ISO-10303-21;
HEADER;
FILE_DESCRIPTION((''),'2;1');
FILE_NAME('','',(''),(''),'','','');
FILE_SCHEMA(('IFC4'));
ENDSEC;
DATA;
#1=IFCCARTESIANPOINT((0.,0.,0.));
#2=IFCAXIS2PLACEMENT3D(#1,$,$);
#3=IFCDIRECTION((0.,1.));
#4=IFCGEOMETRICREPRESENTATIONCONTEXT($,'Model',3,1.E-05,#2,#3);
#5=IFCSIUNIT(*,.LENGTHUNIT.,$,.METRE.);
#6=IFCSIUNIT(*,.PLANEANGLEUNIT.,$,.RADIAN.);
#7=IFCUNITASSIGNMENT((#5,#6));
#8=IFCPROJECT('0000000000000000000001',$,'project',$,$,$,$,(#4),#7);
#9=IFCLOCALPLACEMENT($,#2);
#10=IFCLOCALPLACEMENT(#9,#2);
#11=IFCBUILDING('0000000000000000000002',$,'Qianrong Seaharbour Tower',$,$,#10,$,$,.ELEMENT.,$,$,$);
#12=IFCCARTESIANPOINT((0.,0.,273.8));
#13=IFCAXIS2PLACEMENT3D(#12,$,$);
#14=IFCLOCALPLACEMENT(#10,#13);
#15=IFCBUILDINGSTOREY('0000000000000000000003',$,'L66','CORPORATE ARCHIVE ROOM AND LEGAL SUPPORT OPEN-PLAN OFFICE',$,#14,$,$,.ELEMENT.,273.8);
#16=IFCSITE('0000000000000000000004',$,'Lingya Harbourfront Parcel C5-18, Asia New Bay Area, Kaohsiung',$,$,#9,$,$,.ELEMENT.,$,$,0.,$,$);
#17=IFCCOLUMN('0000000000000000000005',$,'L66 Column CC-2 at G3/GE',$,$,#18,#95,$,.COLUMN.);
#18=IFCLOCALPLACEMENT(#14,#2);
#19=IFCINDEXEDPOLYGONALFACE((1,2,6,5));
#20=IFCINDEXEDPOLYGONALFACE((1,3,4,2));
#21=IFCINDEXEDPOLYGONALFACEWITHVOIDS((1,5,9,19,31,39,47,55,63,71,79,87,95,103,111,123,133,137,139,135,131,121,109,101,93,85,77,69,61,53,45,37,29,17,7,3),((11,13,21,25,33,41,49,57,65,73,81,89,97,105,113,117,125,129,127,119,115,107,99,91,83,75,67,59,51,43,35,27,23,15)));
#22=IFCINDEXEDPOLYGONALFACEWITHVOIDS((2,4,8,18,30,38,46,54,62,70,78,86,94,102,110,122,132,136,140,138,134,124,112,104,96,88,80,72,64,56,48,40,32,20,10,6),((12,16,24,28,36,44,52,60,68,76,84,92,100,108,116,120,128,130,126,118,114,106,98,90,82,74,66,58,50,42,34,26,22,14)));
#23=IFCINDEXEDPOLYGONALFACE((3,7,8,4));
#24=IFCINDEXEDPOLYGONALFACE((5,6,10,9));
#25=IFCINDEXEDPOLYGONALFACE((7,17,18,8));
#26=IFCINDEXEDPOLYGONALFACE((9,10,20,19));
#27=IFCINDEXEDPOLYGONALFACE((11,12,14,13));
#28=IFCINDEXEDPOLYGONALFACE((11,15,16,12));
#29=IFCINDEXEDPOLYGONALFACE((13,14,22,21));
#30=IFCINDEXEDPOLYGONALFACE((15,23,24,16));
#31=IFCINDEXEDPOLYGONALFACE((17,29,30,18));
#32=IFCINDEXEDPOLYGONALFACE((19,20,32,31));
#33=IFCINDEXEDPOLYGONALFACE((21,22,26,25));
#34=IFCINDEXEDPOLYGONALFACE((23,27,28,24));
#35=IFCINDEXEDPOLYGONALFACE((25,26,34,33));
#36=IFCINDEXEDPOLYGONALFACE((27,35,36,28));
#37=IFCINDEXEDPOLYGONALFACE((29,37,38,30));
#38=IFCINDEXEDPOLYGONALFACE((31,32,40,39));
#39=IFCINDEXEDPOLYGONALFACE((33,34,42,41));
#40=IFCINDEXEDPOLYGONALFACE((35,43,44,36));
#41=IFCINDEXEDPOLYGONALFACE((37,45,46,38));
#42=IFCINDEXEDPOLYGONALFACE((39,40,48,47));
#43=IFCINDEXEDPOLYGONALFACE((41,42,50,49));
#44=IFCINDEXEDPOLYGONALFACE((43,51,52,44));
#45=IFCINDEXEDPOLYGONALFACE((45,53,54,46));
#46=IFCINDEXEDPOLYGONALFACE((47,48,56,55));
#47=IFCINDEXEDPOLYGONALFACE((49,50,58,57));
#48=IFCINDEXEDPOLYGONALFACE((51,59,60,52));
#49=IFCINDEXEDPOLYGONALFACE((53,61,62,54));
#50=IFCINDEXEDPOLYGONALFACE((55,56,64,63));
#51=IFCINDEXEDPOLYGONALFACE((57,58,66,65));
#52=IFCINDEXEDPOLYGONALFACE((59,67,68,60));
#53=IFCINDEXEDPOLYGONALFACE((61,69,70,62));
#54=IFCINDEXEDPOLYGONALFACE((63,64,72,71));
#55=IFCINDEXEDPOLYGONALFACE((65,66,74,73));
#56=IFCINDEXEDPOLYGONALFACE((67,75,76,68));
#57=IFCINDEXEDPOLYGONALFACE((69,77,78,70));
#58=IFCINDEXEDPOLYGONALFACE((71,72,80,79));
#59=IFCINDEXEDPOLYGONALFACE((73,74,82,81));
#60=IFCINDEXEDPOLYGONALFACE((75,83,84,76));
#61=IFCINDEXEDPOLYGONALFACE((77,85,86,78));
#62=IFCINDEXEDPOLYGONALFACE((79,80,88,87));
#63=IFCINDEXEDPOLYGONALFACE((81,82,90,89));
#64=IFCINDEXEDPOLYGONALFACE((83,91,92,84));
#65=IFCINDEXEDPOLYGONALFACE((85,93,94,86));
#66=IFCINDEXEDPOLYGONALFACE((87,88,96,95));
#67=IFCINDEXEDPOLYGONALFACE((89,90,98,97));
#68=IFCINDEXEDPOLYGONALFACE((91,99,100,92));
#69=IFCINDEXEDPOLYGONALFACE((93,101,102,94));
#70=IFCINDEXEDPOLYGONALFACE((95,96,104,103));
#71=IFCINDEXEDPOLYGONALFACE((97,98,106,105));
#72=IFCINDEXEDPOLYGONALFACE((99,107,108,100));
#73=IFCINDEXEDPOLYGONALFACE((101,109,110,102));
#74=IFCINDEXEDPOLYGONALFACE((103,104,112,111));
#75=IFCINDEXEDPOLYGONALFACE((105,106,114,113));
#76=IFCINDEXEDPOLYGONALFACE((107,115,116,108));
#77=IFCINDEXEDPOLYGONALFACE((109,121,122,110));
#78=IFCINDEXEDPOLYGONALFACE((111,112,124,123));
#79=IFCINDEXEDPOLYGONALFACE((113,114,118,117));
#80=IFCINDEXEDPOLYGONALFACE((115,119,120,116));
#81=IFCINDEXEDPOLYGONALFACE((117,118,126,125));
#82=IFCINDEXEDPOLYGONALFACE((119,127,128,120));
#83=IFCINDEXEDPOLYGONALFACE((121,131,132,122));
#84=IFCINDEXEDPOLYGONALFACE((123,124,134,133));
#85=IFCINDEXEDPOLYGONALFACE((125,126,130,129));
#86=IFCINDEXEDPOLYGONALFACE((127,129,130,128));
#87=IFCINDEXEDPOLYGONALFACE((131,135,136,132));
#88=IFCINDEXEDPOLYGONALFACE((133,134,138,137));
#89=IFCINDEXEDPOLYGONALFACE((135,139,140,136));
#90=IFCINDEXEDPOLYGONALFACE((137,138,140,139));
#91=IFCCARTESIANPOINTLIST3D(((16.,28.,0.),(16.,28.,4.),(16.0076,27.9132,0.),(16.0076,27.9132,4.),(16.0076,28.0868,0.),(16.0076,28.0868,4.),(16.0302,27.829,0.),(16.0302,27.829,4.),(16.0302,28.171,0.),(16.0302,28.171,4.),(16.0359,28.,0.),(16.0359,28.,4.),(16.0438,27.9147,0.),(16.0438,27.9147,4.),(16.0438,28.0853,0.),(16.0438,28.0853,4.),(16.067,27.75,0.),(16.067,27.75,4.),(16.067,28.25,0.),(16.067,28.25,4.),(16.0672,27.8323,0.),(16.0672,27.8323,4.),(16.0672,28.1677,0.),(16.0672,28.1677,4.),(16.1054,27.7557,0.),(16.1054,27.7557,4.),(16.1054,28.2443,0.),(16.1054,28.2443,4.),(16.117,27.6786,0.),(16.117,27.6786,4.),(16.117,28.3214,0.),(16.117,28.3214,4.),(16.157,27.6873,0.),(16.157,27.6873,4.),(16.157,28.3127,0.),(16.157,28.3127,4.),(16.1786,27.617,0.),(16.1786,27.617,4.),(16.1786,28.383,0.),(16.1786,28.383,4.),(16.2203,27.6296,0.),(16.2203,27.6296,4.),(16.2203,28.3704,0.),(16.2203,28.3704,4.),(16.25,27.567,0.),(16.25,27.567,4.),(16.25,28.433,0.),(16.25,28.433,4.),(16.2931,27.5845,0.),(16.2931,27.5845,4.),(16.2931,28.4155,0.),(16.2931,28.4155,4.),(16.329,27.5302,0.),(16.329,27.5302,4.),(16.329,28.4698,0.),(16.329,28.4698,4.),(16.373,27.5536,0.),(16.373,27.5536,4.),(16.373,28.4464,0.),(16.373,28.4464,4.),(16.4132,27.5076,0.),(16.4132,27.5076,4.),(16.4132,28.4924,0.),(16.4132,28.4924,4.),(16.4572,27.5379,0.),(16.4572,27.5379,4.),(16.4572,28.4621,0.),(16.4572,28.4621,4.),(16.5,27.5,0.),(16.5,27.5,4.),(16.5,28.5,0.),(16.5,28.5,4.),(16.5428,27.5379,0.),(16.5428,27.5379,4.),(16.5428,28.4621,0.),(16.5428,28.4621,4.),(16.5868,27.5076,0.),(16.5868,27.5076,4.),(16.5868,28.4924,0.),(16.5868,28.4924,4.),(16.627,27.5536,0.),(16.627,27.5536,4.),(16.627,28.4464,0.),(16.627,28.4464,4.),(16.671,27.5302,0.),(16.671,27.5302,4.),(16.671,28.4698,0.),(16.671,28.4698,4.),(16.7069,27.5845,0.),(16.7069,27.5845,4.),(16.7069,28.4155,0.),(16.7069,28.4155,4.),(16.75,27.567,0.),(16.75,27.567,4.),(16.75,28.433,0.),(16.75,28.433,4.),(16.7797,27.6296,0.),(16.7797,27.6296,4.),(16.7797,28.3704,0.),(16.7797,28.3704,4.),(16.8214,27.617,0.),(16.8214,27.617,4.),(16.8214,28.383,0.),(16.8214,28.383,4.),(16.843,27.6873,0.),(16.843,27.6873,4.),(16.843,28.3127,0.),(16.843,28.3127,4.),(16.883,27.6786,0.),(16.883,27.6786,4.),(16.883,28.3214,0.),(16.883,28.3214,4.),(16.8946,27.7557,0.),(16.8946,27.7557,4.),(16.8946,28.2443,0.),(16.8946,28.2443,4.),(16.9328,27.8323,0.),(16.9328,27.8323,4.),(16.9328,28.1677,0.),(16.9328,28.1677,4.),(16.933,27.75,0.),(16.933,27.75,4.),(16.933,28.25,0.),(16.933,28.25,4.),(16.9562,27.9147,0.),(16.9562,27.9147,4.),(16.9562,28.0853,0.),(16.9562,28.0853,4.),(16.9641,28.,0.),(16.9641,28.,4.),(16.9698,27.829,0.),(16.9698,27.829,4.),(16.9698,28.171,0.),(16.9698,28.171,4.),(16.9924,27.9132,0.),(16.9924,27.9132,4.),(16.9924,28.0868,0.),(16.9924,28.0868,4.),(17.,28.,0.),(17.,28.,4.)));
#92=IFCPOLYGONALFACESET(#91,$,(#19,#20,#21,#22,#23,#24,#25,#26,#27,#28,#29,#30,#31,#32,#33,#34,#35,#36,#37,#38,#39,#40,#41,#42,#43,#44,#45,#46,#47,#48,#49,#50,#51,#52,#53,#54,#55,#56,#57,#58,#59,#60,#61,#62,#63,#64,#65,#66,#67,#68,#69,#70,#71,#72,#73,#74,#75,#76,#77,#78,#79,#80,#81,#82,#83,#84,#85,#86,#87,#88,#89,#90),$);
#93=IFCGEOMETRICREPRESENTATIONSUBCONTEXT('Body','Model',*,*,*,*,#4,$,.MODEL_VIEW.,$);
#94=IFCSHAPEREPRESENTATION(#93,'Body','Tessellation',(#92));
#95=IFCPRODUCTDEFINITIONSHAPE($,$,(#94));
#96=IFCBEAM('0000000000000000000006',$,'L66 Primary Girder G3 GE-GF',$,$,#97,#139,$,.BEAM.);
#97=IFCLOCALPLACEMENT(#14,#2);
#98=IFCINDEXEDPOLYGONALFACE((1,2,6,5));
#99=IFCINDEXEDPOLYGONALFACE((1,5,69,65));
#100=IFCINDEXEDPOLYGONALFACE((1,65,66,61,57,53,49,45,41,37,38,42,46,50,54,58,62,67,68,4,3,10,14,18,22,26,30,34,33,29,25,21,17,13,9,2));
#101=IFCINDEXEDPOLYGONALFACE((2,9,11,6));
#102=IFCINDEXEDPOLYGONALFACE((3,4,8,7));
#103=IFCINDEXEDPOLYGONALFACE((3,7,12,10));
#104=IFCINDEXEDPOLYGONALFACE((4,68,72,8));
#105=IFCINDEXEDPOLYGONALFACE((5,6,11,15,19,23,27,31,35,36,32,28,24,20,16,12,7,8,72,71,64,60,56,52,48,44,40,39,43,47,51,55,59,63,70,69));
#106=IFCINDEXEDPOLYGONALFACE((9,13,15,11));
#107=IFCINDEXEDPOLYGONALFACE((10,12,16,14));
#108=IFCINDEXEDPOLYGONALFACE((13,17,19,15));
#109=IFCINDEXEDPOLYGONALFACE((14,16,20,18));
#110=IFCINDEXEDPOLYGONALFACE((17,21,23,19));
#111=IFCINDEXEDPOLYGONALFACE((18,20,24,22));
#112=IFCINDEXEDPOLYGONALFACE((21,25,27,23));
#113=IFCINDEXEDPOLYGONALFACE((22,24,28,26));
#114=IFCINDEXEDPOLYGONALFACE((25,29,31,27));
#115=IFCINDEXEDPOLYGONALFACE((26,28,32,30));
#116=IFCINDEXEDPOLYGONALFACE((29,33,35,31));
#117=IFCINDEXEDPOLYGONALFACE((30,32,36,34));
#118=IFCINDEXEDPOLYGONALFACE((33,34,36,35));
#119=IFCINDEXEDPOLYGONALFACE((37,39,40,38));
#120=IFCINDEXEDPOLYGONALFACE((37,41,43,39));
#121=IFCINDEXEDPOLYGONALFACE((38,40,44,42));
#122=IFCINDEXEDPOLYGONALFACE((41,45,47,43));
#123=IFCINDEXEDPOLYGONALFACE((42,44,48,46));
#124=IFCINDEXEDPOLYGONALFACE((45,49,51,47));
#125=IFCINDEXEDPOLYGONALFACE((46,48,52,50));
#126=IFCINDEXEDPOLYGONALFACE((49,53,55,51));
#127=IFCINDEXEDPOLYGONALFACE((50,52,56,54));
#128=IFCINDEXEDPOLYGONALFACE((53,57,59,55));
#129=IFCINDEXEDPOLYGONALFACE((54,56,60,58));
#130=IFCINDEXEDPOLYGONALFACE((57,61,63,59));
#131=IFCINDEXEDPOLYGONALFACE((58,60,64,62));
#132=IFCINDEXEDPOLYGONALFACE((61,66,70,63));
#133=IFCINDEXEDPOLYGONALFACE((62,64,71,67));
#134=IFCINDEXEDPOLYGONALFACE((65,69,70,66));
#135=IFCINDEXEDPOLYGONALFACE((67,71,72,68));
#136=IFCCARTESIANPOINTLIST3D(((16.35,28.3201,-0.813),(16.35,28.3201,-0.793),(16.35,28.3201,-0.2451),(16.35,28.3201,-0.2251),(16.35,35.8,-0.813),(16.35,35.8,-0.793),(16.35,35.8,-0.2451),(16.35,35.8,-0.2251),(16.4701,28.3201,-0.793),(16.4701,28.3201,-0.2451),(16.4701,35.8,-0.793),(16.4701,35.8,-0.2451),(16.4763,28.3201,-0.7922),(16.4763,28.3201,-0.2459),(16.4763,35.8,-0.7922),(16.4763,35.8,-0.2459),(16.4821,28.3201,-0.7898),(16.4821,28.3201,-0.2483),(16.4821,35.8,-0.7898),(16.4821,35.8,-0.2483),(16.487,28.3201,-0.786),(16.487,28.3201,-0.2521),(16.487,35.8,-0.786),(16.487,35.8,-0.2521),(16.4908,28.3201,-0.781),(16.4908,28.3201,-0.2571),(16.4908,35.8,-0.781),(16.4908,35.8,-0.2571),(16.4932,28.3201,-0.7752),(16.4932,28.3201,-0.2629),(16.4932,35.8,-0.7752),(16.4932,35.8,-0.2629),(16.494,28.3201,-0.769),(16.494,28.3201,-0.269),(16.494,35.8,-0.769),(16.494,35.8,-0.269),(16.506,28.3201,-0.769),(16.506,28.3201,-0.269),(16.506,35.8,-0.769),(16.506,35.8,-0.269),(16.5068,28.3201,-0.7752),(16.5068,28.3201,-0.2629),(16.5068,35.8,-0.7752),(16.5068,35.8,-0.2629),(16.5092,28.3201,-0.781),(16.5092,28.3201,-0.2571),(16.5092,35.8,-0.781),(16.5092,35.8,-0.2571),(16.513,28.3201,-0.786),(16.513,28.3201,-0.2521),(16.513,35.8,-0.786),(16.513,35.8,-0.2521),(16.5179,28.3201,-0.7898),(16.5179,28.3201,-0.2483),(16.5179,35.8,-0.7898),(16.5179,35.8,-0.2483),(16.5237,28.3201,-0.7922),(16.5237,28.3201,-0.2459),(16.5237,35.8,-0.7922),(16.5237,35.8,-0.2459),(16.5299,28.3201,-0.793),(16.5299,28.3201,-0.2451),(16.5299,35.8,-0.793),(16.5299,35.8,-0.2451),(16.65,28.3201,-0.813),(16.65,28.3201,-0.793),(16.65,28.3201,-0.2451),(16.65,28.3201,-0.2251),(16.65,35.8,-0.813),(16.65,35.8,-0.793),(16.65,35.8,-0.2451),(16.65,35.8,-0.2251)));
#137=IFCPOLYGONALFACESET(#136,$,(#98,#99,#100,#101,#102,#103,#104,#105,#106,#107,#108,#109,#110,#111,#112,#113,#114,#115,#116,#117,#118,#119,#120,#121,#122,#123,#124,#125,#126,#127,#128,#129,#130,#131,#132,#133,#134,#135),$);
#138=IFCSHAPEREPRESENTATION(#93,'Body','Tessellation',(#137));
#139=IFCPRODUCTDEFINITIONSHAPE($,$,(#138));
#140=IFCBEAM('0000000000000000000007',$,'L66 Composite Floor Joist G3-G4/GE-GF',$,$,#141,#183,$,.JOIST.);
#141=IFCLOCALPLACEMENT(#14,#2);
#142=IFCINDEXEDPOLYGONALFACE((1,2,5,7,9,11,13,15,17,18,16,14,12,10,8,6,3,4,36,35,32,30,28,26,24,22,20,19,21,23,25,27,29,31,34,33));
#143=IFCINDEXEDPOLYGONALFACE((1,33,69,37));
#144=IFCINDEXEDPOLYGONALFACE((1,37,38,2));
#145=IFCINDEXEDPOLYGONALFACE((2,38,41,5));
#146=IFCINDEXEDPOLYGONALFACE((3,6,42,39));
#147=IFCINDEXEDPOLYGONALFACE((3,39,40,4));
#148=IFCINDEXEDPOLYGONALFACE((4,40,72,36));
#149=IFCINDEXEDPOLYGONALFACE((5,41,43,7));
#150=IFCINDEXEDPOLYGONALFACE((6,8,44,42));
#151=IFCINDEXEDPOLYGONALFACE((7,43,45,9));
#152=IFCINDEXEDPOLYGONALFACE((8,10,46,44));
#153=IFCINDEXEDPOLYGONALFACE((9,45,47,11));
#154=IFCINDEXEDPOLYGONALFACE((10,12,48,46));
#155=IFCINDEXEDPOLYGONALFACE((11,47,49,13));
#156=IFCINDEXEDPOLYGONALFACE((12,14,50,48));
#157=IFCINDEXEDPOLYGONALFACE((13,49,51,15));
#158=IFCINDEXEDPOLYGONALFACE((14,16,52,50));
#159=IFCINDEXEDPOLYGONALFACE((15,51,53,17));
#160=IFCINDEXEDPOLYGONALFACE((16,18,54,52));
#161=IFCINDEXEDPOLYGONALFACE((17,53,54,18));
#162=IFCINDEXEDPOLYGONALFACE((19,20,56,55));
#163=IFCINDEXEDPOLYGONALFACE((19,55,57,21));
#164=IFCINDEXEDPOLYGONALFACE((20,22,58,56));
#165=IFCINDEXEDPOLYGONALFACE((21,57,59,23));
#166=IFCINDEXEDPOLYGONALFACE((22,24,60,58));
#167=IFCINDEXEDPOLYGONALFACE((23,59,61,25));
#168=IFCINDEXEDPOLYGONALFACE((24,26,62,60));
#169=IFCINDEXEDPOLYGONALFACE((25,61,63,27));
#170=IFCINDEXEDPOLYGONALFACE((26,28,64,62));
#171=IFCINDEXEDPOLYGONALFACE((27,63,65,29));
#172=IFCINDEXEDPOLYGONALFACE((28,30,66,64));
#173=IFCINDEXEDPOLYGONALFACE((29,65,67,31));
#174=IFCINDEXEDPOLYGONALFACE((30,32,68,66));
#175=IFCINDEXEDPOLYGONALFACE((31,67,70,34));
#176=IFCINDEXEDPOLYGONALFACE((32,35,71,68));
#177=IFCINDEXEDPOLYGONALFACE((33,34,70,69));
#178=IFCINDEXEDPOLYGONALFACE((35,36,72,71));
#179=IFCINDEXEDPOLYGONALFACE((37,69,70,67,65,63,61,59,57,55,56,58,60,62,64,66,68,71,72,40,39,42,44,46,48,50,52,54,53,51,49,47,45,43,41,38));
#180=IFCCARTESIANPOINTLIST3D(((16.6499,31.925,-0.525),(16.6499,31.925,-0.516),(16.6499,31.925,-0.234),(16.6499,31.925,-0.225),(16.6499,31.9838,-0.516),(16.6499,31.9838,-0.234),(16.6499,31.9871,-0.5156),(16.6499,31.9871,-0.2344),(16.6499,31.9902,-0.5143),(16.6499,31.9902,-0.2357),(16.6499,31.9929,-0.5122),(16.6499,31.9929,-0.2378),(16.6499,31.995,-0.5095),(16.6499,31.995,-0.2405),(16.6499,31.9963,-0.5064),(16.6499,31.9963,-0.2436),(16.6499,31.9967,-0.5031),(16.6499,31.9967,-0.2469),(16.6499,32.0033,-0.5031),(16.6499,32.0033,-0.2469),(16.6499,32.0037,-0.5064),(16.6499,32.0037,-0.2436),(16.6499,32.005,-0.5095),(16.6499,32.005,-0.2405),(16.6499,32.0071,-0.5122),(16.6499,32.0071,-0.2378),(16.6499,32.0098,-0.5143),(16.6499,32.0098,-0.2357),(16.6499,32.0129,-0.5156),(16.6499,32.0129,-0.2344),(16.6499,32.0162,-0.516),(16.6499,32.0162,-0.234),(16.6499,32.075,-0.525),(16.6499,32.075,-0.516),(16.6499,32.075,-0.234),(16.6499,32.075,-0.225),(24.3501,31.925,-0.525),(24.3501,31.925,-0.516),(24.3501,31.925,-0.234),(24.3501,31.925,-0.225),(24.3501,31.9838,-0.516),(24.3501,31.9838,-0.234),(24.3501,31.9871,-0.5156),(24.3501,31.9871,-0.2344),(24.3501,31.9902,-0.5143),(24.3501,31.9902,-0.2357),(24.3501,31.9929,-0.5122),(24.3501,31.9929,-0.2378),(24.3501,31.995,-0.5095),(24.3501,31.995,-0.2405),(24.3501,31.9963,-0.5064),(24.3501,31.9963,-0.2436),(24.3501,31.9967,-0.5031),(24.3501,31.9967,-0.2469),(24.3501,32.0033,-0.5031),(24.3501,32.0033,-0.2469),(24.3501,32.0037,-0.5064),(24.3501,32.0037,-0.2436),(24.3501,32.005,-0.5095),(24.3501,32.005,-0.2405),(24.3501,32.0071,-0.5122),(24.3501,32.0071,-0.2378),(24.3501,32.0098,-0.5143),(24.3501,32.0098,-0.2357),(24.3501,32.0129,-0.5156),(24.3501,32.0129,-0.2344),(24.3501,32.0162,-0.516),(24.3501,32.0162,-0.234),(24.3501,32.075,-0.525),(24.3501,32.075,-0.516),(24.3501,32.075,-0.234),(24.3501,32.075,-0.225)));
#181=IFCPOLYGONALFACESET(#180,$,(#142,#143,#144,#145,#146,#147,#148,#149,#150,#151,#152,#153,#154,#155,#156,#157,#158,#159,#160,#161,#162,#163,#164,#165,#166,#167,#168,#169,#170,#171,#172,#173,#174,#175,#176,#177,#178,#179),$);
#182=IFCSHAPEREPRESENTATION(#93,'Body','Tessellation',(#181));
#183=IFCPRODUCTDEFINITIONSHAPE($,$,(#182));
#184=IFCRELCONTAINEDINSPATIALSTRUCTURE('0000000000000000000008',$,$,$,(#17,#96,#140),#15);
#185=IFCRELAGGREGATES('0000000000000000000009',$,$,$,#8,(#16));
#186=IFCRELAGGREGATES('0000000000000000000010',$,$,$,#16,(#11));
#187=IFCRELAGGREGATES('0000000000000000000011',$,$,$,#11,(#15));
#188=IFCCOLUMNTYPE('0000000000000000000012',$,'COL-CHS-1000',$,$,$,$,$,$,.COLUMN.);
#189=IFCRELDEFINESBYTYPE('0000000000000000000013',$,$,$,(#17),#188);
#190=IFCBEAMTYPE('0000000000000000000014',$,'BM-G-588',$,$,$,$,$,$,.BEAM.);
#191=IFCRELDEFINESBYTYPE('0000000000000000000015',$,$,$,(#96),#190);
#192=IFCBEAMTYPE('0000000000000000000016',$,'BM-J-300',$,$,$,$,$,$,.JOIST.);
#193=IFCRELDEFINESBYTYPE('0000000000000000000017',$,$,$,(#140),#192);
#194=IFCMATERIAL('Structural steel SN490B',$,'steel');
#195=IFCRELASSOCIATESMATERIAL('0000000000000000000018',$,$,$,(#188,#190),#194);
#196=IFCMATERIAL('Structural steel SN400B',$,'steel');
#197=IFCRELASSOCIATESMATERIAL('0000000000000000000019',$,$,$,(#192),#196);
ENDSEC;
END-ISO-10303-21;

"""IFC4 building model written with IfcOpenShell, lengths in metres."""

from ifc_helpers import new_model, si_unit, direction, frame, origin, origin_2d, place, context, subcontext, project, spatial, hollow_circle, i_section, extrude, material, material_profile, profile_set, type_object, element, save


model = new_model("IFC4")

# Units and contexts
model_context = context("Model", 3, precision=1e-05, world=origin(), true_north=direction((0.0, 1.0)))
body_context = subcontext(model_context, "Body", "Model", "MODEL_VIEW")
ifc_project = project(units=[si_unit("LENGTHUNIT", "METRE"), si_unit("PLANEANGLEUNIT", "RADIAN")], contexts=[model_context])

# Site, building, storey
site_placement = place(None, origin())
site = spatial("IfcSite", under=ifc_project, at=site_placement, Name="Lingya Harbourfront Parcel C5-18, Asia New Bay Area, Kaohsiung", CompositionType="ELEMENT", RefElevation=0.0)
building_placement = place(site_placement, origin())
building = spatial("IfcBuilding", under=site, at=building_placement, Name="Qianrong Seaharbour Tower", CompositionType="ELEMENT")
storey_placement = place(building_placement, frame((0.0, 0.0, 273.8)))
storey = spatial("IfcBuildingStorey", under=building, at=storey_placement, Name="L66", Description="CORPORATE ARCHIVE ROOM AND LEGAL SUPPORT OPEN-PLAN OFFICE", CompositionType="ELEMENT", Elevation=273.8)

# Column
ifc_material_1 = material(Name="Structural steel SN490B", Category="steel")
ifc_material_profile_1 = material_profile(ifc_material_1, hollow_circle(Radius=0.5, WallThickness=0.0359, at=origin_2d()), Name="CHS1000x36")
ifc_profile_set_1 = profile_set([ifc_material_profile_1], Name="Structural steel SN490B")
column_type = type_object("IfcColumnType", Name="COL-CHS-1000", PredefinedType="COLUMN", material=ifc_profile_set_1)
column_placement = place(storey_placement, frame((16.5, 28.0, 0.0), z_axis=(0.0, 0.0, 1.0), x_axis=(1.0, 0.0, 0.0)))
element("IfcColumn", 1, at=column_placement, inside=storey, type_object=column_type, Name="L66 Column CC-2 at G3/GE", PredefinedType="COLUMN", context=body_context, shape_type="SweptSolid", body=[
    extrude(hollow_circle(Radius=0.5, WallThickness=0.0359, at=origin_2d()), origin(), (0.0, 0.0, 1.0), 4.0),
])

# Beams
ifc_material_profile_2 = material_profile(ifc_material_1, i_section(OverallWidth=0.3, OverallDepth=0.5879, WebThickness=0.012, FlangeThickness=0.02, FilletRadius=0.0239, at=origin_2d()), Name="H588x300x12x20")
ifc_profile_set_2 = profile_set([ifc_material_profile_2], Name="Structural steel SN490B")
beam_type_1 = type_object("IfcBeamType", Name="BM-G-588", PredefinedType="BEAM", material=ifc_profile_set_2)
beam_1_placement = place(storey_placement, frame((16.5, 28.3201, -0.519), z_axis=(0.0, 1.0, 0.0), x_axis=(-1.0, 0.0, 0.0)))
element("IfcBeam", 2, at=beam_1_placement, inside=storey, type_object=beam_type_1, Name="L66 Primary Girder G3 GE-GF", PredefinedType="BEAM", context=body_context, shape_type="SweptSolid", body=[
    extrude(i_section(OverallWidth=0.3, OverallDepth=0.5879, WebThickness=0.012, FlangeThickness=0.02, FilletRadius=0.0239, at=origin_2d()), origin(), (0.0, 0.0, 1.0), 7.48),
])
ifc_material_2 = material(Name="Structural steel SN400B", Category="steel")
ifc_material_profile_3 = material_profile(ifc_material_2, i_section(OverallWidth=0.1499, OverallDepth=0.3, WebThickness=0.0066, FlangeThickness=0.009, FilletRadius=0.0129, at=origin_2d()), Name="H300x150x6.5x9")
ifc_profile_set_3 = profile_set([ifc_material_profile_3], Name="Structural steel SN400B")
beam_type_2 = type_object("IfcBeamType", Name="BM-J-300", PredefinedType="JOIST", material=ifc_profile_set_3)
beam_2_placement = place(storey_placement, frame((16.6499, 32.0, -0.375), z_axis=(1.0, 0.0, 0.0), x_axis=(0.0, 1.0, 0.0)))
element("IfcBeam", 3, at=beam_2_placement, inside=storey, type_object=beam_type_2, Name="L66 Composite Floor Joist G3-G4/GE-GF", PredefinedType="JOIST", context=body_context, shape_type="SweptSolid", body=[
    extrude(i_section(OverallWidth=0.1499, OverallDepth=0.3, WebThickness=0.0066, FlangeThickness=0.009, FilletRadius=0.0129, at=origin_2d()), origin(), (0.0, 0.0, 1.0), 7.7002),
])

save(model, "model.ifc")
